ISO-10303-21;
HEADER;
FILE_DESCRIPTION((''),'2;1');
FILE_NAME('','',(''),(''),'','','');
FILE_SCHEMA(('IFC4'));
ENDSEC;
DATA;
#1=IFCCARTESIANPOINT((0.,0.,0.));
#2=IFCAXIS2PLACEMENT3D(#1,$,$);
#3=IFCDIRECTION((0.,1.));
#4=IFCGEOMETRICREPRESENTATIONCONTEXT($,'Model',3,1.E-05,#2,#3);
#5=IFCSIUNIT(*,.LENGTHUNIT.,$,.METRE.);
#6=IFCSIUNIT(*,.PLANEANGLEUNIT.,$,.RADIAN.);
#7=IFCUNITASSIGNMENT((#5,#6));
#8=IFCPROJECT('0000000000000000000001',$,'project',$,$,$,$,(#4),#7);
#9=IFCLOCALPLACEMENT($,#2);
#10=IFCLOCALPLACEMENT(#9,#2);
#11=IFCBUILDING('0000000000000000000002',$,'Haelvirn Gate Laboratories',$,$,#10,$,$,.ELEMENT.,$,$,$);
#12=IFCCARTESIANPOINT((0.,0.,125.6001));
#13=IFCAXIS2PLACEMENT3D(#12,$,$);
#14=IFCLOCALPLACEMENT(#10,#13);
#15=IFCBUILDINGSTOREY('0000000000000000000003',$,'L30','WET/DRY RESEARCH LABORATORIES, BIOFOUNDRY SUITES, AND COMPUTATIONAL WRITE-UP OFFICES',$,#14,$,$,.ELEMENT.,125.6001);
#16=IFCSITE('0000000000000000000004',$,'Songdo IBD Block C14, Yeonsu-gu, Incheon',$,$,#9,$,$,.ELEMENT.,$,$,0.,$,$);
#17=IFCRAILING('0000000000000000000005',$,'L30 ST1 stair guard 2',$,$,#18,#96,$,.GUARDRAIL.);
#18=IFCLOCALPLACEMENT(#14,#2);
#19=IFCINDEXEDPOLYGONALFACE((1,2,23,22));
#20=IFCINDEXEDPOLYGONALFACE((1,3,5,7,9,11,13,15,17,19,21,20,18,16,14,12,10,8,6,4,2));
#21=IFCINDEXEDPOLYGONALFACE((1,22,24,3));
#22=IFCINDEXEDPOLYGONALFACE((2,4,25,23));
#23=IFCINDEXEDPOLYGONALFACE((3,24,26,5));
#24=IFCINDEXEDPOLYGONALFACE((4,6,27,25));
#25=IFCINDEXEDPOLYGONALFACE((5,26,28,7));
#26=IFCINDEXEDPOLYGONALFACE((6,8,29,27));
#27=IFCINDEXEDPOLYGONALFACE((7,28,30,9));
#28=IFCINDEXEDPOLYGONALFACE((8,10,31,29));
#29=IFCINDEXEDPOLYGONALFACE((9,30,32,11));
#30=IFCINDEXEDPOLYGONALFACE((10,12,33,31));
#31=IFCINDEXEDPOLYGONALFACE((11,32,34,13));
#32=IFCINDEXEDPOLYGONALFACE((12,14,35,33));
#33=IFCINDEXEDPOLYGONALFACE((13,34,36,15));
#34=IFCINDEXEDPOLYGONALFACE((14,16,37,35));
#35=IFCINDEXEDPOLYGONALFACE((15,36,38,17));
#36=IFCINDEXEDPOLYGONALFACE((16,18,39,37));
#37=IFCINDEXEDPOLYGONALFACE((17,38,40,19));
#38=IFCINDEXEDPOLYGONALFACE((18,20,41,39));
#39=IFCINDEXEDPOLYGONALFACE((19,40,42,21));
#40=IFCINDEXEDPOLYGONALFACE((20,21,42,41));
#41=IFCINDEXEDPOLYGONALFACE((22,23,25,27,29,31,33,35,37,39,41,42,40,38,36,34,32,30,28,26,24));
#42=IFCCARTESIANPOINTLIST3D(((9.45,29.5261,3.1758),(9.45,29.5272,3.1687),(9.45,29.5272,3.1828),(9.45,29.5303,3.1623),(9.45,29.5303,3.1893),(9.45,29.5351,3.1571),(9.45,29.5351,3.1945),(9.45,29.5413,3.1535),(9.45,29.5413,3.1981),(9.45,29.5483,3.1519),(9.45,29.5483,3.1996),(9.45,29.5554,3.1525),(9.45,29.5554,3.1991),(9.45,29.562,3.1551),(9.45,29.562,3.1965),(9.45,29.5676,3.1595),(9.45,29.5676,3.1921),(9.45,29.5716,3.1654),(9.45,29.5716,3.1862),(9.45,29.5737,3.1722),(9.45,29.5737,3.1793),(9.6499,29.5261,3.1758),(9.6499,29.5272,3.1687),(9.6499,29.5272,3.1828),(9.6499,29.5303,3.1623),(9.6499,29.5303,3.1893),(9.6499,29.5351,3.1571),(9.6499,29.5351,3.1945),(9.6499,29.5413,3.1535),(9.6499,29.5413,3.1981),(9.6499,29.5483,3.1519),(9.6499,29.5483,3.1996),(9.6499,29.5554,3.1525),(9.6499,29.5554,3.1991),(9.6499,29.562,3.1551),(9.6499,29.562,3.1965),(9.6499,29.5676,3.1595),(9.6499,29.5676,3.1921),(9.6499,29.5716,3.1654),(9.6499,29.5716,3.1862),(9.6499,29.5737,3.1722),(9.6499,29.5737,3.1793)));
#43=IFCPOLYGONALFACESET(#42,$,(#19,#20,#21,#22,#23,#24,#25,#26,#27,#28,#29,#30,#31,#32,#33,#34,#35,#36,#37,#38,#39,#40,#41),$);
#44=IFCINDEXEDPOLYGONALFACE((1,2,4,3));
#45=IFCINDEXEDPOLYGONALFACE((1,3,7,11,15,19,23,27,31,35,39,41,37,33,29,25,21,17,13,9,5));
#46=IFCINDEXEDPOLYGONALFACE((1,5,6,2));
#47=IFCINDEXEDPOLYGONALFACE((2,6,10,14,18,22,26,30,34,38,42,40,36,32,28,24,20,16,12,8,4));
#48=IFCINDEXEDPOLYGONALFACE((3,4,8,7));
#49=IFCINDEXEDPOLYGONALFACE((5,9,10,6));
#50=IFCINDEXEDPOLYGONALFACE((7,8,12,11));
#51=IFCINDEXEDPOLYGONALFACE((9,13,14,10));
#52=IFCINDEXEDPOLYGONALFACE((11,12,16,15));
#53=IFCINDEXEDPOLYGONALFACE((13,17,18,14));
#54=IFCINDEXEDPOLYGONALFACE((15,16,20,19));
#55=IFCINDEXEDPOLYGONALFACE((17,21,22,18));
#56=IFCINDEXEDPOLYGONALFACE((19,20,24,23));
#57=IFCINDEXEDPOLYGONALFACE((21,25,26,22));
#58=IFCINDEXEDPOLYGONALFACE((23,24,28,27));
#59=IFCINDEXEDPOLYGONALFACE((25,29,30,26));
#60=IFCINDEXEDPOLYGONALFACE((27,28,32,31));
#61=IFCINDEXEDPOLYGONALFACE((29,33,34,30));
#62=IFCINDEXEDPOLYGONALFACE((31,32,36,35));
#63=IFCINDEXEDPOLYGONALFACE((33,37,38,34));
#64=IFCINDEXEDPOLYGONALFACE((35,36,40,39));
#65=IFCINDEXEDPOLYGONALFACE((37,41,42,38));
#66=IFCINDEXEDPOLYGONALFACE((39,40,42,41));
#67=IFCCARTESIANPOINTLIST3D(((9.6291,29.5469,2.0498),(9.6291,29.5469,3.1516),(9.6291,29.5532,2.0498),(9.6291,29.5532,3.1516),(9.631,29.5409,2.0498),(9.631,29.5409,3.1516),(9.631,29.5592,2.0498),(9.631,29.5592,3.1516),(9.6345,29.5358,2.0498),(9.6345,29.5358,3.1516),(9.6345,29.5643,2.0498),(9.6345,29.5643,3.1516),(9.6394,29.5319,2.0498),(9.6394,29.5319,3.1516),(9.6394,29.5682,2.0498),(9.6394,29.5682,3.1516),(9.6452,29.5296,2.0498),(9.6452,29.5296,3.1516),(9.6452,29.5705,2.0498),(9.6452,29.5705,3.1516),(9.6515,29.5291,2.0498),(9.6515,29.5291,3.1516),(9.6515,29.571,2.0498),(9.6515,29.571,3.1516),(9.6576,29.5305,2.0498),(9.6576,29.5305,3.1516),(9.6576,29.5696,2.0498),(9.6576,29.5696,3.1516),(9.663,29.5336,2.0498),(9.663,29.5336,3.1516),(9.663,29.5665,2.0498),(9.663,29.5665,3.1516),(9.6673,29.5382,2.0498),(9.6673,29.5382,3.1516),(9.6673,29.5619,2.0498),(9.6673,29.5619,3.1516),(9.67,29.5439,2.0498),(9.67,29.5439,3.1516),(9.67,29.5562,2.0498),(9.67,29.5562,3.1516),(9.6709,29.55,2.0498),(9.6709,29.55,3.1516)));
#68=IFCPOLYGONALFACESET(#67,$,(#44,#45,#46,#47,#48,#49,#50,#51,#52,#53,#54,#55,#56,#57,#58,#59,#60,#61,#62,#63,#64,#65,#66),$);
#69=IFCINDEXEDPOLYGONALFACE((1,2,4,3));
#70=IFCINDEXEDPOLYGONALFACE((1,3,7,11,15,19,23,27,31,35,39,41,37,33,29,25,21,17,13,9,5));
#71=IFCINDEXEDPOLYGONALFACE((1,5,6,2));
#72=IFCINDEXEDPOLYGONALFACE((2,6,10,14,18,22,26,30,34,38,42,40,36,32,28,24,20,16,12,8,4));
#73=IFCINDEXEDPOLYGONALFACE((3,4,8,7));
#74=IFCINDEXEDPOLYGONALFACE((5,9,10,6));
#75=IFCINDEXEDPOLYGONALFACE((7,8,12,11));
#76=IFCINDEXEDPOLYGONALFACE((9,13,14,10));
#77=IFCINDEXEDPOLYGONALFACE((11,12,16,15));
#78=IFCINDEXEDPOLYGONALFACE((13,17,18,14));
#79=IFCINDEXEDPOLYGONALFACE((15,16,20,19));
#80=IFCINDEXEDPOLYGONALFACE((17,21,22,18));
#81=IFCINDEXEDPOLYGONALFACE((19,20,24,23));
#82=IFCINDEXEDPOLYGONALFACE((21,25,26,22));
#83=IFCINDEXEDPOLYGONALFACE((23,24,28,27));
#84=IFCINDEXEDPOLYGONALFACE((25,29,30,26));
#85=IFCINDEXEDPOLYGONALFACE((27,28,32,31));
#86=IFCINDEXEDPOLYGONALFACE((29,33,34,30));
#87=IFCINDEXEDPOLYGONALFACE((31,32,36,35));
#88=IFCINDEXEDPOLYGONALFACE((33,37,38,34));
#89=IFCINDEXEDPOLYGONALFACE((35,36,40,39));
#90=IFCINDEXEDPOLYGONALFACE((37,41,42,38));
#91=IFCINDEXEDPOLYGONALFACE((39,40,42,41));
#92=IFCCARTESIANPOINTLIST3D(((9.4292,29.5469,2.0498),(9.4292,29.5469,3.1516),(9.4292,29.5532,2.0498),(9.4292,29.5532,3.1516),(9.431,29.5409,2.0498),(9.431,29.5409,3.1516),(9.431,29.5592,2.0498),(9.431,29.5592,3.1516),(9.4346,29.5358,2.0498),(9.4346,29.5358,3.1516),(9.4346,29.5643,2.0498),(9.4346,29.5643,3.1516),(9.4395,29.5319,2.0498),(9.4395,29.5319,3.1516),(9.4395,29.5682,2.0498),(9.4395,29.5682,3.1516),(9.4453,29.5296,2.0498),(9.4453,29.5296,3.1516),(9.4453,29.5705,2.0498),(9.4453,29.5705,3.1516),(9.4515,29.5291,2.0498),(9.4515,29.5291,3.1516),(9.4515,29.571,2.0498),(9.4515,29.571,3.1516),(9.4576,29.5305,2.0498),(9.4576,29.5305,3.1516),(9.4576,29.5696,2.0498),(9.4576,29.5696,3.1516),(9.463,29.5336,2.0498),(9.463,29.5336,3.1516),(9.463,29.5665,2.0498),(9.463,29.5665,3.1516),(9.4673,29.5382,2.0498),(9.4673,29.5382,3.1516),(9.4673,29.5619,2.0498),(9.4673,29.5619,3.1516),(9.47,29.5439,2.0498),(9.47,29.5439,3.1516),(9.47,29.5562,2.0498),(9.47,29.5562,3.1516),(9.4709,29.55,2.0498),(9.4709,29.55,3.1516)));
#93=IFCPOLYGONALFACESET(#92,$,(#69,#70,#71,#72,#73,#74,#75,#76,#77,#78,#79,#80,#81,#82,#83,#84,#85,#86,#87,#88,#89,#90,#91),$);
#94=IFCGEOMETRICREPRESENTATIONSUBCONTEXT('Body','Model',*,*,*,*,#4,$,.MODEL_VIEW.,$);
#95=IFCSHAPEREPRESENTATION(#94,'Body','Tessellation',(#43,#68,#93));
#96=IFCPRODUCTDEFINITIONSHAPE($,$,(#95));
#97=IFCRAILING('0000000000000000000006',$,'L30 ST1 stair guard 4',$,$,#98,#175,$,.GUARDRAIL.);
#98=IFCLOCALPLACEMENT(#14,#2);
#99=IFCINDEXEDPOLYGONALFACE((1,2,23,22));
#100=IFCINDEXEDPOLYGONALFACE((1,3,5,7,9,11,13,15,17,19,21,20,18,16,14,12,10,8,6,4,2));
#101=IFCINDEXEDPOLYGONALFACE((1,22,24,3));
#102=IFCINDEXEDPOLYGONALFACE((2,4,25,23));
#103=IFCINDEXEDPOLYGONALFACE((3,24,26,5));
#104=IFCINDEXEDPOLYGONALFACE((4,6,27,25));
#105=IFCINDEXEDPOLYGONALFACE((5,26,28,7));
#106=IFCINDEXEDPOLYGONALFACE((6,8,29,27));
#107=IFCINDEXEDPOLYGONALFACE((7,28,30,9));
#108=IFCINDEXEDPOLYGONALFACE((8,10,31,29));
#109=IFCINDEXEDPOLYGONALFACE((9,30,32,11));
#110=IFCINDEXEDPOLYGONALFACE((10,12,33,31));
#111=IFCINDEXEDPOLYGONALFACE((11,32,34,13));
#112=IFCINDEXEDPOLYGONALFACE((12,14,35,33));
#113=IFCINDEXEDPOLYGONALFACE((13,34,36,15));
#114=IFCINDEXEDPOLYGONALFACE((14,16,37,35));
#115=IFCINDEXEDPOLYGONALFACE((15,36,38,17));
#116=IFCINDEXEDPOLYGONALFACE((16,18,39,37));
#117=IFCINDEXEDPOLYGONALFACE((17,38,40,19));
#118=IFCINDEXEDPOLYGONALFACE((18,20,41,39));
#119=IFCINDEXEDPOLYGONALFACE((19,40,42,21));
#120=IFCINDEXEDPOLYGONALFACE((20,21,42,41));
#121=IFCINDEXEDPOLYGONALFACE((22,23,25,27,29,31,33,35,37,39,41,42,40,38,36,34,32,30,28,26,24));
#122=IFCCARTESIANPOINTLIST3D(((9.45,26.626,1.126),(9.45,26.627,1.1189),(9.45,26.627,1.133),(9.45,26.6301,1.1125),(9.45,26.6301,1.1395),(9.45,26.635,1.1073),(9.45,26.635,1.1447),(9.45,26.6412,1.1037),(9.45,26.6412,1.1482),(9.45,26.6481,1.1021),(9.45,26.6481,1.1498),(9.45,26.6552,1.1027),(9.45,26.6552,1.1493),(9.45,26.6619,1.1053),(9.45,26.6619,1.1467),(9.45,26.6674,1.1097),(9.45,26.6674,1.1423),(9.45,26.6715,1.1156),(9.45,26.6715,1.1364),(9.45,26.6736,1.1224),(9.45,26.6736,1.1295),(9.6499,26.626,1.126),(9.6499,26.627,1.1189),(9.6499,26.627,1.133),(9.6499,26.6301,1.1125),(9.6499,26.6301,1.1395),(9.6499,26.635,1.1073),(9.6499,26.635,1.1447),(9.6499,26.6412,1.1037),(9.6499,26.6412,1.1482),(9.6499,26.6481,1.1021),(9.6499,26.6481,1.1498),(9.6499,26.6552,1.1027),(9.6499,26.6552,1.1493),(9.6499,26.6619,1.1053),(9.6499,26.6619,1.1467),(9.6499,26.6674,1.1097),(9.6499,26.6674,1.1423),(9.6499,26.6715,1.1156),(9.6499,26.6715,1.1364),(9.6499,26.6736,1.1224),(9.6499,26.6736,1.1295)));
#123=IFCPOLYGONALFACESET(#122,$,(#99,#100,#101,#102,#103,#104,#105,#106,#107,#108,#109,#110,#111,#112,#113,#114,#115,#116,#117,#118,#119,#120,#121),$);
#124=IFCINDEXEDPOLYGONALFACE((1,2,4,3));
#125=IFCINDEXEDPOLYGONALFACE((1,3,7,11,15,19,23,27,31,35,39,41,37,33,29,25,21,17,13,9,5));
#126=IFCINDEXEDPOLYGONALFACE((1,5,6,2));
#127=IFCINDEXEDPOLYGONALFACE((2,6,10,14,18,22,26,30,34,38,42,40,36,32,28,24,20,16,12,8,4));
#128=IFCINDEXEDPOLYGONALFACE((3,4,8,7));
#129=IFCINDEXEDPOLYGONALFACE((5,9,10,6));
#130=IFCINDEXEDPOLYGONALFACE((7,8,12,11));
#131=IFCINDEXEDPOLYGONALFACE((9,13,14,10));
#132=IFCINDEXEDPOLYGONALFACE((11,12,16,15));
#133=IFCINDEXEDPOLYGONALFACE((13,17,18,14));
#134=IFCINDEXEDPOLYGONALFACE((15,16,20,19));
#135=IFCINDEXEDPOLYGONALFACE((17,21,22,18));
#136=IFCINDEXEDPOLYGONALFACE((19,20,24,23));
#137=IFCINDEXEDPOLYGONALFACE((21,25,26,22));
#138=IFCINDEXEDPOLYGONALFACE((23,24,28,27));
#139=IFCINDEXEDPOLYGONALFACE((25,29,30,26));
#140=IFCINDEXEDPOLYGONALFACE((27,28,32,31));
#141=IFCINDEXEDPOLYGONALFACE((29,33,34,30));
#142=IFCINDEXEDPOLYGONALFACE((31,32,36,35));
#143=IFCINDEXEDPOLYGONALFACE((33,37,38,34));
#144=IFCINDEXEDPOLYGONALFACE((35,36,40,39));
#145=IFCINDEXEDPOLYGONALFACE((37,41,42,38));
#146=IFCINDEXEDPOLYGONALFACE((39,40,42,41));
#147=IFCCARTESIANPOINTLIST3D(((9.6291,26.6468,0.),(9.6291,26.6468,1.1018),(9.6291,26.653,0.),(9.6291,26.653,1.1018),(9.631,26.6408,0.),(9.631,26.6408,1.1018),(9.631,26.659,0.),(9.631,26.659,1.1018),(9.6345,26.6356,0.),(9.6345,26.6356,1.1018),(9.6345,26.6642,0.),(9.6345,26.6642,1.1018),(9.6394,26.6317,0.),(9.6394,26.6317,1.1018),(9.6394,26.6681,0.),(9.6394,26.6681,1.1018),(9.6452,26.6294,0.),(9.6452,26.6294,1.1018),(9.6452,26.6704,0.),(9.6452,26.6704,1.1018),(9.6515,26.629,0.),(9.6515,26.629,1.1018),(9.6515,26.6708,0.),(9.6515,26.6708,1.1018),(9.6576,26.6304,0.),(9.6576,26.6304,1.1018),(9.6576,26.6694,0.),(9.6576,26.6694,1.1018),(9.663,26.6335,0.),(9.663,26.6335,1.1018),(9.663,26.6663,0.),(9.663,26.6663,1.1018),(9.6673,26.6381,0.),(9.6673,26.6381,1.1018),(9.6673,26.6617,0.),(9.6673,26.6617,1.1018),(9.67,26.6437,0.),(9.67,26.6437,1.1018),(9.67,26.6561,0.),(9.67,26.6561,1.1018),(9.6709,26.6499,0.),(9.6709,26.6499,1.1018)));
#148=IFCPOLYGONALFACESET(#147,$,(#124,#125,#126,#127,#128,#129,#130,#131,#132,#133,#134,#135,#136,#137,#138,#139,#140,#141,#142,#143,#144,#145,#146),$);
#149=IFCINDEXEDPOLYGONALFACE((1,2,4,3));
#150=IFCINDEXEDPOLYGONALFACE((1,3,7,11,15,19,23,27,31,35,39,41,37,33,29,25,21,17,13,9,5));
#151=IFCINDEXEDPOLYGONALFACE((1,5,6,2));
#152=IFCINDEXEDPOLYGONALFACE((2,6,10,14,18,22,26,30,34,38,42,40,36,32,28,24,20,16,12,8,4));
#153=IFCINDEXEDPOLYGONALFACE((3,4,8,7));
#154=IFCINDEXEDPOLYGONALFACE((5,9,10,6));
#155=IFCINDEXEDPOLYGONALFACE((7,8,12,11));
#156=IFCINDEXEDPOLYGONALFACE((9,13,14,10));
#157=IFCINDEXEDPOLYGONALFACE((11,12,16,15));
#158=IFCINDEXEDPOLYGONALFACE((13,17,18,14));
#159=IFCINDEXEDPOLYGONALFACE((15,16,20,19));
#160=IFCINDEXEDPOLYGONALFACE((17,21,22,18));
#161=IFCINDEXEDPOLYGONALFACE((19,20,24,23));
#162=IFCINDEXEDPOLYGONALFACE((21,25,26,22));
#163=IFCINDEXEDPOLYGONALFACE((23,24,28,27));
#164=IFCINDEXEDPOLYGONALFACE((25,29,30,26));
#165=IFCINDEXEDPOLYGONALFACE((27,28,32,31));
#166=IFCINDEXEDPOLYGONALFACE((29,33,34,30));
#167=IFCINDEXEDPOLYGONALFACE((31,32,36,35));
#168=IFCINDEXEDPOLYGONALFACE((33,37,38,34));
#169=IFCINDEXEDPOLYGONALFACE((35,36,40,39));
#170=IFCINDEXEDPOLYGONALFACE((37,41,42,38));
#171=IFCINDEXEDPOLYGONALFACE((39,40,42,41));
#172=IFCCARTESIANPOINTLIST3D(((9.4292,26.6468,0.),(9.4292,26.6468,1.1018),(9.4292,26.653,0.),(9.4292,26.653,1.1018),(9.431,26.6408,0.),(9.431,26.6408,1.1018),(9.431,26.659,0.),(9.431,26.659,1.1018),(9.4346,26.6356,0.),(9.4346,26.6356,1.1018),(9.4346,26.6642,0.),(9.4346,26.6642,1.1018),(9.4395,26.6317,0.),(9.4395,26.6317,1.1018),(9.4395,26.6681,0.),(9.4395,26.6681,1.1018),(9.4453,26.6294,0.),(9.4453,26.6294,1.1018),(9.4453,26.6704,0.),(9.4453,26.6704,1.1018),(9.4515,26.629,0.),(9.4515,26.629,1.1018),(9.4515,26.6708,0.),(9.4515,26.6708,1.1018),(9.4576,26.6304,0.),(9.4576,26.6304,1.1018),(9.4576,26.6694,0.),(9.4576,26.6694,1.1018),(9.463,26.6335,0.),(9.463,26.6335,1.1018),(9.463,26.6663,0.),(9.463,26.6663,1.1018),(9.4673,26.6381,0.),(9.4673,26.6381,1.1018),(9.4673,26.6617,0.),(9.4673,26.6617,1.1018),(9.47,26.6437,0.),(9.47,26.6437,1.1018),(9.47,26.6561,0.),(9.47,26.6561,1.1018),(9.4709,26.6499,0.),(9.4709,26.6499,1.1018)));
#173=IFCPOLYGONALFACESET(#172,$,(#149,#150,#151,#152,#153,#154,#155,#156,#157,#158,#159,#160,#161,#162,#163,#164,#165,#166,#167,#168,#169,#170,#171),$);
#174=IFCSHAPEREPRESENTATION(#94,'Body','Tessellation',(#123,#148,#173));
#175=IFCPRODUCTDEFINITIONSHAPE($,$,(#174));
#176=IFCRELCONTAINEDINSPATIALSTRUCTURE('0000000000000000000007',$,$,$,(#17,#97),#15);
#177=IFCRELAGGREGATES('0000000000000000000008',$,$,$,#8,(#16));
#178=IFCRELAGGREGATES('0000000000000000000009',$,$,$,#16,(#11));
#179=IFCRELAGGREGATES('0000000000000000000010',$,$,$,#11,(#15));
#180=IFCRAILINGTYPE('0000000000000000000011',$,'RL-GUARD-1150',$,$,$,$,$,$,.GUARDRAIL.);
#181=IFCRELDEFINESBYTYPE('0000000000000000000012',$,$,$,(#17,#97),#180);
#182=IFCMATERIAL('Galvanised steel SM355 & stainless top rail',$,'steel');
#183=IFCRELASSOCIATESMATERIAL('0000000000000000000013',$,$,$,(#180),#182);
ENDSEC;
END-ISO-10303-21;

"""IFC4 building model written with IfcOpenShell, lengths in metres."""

from ifc_helpers import new_model, si_unit, direction, frame, origin, origin_2d, place, context, subcontext, project, spatial, circle, extrude, source, transform, mapped, material, type_object, element, save


model = new_model("IFC4")

# Units and contexts
model_context = context("Model", 3, precision=1e-05, world=origin(), true_north=direction((0.0, 1.0)))
body_context = subcontext(model_context, "Body", "Model", "MODEL_VIEW")
ifc_project = project(units=[si_unit("LENGTHUNIT", "METRE"), si_unit("PLANEANGLEUNIT", "RADIAN")], contexts=[model_context])

# Site, building, storey
site_placement = place(None, origin())
site = spatial("IfcSite", under=ifc_project, at=site_placement, Name="Songdo IBD Block C14, Yeonsu-gu, Incheon", CompositionType="ELEMENT", RefElevation=0.0)
building_placement = place(site_placement, origin())
building = spatial("IfcBuilding", under=site, at=building_placement, Name="Haelvirn Gate Laboratories", CompositionType="ELEMENT")
storey_placement = place(building_placement, frame((0.0, 0.0, 125.6001)))
storey = spatial("IfcBuildingStorey", under=building, at=storey_placement, Name="L30", Description="WET/DRY RESEARCH LABORATORIES, BIOFOUNDRY SUITES, AND COMPUTATIONAL WRITE-UP OFFICES", CompositionType="ELEMENT", Elevation=125.6001)

# Railings
ifc_material_1 = material(Name="Galvanised steel SM355 & stainless top rail", Category="steel")
railing_type_1 = type_object("IfcRailingType", Name="RL-GUARD-1150", PredefinedType="GUARDRAIL", material=ifc_material_1)
shared_shape_1 = source(origin(), body_context, "Body", "SweptSolid", [
    extrude(circle(Radius=0.0239, at=origin_2d()), frame((0.0, 0.0, 1.126), z_axis=(-1.0, 0.0, 0.0), x_axis=(0.0, -1.0, 0.0)), (0.0, 0.0, 1.0), 0.2),
    extrude(circle(Radius=0.021, at=origin_2d()), origin(), (0.0, 0.0, 1.0), 1.1018),
    extrude(circle(Radius=0.021, at=origin_2d()), frame((-0.2, 0.0, 0.0)), (0.0, 0.0, 1.0), 1.1018),
])
for number, where, name in (
    (1, (9.6499, 29.55, 2.0498), "L30 ST1 stair guard 2"),
    (2, (9.6499, 26.6499, 0.0), "L30 ST1 stair guard 4"),
):
    element("IfcRailing", number, at=place(storey_placement, frame(where)), inside=storey, type_object=railing_type_1, Name=name, PredefinedType="GUARDRAIL", context=body_context, shape_type="MappedRepresentation", body=[
        mapped(shared_shape_1, transform((0.0, 0.0, 0.0), scale=1.0)),
    ])

save(model, "model.ifc")
